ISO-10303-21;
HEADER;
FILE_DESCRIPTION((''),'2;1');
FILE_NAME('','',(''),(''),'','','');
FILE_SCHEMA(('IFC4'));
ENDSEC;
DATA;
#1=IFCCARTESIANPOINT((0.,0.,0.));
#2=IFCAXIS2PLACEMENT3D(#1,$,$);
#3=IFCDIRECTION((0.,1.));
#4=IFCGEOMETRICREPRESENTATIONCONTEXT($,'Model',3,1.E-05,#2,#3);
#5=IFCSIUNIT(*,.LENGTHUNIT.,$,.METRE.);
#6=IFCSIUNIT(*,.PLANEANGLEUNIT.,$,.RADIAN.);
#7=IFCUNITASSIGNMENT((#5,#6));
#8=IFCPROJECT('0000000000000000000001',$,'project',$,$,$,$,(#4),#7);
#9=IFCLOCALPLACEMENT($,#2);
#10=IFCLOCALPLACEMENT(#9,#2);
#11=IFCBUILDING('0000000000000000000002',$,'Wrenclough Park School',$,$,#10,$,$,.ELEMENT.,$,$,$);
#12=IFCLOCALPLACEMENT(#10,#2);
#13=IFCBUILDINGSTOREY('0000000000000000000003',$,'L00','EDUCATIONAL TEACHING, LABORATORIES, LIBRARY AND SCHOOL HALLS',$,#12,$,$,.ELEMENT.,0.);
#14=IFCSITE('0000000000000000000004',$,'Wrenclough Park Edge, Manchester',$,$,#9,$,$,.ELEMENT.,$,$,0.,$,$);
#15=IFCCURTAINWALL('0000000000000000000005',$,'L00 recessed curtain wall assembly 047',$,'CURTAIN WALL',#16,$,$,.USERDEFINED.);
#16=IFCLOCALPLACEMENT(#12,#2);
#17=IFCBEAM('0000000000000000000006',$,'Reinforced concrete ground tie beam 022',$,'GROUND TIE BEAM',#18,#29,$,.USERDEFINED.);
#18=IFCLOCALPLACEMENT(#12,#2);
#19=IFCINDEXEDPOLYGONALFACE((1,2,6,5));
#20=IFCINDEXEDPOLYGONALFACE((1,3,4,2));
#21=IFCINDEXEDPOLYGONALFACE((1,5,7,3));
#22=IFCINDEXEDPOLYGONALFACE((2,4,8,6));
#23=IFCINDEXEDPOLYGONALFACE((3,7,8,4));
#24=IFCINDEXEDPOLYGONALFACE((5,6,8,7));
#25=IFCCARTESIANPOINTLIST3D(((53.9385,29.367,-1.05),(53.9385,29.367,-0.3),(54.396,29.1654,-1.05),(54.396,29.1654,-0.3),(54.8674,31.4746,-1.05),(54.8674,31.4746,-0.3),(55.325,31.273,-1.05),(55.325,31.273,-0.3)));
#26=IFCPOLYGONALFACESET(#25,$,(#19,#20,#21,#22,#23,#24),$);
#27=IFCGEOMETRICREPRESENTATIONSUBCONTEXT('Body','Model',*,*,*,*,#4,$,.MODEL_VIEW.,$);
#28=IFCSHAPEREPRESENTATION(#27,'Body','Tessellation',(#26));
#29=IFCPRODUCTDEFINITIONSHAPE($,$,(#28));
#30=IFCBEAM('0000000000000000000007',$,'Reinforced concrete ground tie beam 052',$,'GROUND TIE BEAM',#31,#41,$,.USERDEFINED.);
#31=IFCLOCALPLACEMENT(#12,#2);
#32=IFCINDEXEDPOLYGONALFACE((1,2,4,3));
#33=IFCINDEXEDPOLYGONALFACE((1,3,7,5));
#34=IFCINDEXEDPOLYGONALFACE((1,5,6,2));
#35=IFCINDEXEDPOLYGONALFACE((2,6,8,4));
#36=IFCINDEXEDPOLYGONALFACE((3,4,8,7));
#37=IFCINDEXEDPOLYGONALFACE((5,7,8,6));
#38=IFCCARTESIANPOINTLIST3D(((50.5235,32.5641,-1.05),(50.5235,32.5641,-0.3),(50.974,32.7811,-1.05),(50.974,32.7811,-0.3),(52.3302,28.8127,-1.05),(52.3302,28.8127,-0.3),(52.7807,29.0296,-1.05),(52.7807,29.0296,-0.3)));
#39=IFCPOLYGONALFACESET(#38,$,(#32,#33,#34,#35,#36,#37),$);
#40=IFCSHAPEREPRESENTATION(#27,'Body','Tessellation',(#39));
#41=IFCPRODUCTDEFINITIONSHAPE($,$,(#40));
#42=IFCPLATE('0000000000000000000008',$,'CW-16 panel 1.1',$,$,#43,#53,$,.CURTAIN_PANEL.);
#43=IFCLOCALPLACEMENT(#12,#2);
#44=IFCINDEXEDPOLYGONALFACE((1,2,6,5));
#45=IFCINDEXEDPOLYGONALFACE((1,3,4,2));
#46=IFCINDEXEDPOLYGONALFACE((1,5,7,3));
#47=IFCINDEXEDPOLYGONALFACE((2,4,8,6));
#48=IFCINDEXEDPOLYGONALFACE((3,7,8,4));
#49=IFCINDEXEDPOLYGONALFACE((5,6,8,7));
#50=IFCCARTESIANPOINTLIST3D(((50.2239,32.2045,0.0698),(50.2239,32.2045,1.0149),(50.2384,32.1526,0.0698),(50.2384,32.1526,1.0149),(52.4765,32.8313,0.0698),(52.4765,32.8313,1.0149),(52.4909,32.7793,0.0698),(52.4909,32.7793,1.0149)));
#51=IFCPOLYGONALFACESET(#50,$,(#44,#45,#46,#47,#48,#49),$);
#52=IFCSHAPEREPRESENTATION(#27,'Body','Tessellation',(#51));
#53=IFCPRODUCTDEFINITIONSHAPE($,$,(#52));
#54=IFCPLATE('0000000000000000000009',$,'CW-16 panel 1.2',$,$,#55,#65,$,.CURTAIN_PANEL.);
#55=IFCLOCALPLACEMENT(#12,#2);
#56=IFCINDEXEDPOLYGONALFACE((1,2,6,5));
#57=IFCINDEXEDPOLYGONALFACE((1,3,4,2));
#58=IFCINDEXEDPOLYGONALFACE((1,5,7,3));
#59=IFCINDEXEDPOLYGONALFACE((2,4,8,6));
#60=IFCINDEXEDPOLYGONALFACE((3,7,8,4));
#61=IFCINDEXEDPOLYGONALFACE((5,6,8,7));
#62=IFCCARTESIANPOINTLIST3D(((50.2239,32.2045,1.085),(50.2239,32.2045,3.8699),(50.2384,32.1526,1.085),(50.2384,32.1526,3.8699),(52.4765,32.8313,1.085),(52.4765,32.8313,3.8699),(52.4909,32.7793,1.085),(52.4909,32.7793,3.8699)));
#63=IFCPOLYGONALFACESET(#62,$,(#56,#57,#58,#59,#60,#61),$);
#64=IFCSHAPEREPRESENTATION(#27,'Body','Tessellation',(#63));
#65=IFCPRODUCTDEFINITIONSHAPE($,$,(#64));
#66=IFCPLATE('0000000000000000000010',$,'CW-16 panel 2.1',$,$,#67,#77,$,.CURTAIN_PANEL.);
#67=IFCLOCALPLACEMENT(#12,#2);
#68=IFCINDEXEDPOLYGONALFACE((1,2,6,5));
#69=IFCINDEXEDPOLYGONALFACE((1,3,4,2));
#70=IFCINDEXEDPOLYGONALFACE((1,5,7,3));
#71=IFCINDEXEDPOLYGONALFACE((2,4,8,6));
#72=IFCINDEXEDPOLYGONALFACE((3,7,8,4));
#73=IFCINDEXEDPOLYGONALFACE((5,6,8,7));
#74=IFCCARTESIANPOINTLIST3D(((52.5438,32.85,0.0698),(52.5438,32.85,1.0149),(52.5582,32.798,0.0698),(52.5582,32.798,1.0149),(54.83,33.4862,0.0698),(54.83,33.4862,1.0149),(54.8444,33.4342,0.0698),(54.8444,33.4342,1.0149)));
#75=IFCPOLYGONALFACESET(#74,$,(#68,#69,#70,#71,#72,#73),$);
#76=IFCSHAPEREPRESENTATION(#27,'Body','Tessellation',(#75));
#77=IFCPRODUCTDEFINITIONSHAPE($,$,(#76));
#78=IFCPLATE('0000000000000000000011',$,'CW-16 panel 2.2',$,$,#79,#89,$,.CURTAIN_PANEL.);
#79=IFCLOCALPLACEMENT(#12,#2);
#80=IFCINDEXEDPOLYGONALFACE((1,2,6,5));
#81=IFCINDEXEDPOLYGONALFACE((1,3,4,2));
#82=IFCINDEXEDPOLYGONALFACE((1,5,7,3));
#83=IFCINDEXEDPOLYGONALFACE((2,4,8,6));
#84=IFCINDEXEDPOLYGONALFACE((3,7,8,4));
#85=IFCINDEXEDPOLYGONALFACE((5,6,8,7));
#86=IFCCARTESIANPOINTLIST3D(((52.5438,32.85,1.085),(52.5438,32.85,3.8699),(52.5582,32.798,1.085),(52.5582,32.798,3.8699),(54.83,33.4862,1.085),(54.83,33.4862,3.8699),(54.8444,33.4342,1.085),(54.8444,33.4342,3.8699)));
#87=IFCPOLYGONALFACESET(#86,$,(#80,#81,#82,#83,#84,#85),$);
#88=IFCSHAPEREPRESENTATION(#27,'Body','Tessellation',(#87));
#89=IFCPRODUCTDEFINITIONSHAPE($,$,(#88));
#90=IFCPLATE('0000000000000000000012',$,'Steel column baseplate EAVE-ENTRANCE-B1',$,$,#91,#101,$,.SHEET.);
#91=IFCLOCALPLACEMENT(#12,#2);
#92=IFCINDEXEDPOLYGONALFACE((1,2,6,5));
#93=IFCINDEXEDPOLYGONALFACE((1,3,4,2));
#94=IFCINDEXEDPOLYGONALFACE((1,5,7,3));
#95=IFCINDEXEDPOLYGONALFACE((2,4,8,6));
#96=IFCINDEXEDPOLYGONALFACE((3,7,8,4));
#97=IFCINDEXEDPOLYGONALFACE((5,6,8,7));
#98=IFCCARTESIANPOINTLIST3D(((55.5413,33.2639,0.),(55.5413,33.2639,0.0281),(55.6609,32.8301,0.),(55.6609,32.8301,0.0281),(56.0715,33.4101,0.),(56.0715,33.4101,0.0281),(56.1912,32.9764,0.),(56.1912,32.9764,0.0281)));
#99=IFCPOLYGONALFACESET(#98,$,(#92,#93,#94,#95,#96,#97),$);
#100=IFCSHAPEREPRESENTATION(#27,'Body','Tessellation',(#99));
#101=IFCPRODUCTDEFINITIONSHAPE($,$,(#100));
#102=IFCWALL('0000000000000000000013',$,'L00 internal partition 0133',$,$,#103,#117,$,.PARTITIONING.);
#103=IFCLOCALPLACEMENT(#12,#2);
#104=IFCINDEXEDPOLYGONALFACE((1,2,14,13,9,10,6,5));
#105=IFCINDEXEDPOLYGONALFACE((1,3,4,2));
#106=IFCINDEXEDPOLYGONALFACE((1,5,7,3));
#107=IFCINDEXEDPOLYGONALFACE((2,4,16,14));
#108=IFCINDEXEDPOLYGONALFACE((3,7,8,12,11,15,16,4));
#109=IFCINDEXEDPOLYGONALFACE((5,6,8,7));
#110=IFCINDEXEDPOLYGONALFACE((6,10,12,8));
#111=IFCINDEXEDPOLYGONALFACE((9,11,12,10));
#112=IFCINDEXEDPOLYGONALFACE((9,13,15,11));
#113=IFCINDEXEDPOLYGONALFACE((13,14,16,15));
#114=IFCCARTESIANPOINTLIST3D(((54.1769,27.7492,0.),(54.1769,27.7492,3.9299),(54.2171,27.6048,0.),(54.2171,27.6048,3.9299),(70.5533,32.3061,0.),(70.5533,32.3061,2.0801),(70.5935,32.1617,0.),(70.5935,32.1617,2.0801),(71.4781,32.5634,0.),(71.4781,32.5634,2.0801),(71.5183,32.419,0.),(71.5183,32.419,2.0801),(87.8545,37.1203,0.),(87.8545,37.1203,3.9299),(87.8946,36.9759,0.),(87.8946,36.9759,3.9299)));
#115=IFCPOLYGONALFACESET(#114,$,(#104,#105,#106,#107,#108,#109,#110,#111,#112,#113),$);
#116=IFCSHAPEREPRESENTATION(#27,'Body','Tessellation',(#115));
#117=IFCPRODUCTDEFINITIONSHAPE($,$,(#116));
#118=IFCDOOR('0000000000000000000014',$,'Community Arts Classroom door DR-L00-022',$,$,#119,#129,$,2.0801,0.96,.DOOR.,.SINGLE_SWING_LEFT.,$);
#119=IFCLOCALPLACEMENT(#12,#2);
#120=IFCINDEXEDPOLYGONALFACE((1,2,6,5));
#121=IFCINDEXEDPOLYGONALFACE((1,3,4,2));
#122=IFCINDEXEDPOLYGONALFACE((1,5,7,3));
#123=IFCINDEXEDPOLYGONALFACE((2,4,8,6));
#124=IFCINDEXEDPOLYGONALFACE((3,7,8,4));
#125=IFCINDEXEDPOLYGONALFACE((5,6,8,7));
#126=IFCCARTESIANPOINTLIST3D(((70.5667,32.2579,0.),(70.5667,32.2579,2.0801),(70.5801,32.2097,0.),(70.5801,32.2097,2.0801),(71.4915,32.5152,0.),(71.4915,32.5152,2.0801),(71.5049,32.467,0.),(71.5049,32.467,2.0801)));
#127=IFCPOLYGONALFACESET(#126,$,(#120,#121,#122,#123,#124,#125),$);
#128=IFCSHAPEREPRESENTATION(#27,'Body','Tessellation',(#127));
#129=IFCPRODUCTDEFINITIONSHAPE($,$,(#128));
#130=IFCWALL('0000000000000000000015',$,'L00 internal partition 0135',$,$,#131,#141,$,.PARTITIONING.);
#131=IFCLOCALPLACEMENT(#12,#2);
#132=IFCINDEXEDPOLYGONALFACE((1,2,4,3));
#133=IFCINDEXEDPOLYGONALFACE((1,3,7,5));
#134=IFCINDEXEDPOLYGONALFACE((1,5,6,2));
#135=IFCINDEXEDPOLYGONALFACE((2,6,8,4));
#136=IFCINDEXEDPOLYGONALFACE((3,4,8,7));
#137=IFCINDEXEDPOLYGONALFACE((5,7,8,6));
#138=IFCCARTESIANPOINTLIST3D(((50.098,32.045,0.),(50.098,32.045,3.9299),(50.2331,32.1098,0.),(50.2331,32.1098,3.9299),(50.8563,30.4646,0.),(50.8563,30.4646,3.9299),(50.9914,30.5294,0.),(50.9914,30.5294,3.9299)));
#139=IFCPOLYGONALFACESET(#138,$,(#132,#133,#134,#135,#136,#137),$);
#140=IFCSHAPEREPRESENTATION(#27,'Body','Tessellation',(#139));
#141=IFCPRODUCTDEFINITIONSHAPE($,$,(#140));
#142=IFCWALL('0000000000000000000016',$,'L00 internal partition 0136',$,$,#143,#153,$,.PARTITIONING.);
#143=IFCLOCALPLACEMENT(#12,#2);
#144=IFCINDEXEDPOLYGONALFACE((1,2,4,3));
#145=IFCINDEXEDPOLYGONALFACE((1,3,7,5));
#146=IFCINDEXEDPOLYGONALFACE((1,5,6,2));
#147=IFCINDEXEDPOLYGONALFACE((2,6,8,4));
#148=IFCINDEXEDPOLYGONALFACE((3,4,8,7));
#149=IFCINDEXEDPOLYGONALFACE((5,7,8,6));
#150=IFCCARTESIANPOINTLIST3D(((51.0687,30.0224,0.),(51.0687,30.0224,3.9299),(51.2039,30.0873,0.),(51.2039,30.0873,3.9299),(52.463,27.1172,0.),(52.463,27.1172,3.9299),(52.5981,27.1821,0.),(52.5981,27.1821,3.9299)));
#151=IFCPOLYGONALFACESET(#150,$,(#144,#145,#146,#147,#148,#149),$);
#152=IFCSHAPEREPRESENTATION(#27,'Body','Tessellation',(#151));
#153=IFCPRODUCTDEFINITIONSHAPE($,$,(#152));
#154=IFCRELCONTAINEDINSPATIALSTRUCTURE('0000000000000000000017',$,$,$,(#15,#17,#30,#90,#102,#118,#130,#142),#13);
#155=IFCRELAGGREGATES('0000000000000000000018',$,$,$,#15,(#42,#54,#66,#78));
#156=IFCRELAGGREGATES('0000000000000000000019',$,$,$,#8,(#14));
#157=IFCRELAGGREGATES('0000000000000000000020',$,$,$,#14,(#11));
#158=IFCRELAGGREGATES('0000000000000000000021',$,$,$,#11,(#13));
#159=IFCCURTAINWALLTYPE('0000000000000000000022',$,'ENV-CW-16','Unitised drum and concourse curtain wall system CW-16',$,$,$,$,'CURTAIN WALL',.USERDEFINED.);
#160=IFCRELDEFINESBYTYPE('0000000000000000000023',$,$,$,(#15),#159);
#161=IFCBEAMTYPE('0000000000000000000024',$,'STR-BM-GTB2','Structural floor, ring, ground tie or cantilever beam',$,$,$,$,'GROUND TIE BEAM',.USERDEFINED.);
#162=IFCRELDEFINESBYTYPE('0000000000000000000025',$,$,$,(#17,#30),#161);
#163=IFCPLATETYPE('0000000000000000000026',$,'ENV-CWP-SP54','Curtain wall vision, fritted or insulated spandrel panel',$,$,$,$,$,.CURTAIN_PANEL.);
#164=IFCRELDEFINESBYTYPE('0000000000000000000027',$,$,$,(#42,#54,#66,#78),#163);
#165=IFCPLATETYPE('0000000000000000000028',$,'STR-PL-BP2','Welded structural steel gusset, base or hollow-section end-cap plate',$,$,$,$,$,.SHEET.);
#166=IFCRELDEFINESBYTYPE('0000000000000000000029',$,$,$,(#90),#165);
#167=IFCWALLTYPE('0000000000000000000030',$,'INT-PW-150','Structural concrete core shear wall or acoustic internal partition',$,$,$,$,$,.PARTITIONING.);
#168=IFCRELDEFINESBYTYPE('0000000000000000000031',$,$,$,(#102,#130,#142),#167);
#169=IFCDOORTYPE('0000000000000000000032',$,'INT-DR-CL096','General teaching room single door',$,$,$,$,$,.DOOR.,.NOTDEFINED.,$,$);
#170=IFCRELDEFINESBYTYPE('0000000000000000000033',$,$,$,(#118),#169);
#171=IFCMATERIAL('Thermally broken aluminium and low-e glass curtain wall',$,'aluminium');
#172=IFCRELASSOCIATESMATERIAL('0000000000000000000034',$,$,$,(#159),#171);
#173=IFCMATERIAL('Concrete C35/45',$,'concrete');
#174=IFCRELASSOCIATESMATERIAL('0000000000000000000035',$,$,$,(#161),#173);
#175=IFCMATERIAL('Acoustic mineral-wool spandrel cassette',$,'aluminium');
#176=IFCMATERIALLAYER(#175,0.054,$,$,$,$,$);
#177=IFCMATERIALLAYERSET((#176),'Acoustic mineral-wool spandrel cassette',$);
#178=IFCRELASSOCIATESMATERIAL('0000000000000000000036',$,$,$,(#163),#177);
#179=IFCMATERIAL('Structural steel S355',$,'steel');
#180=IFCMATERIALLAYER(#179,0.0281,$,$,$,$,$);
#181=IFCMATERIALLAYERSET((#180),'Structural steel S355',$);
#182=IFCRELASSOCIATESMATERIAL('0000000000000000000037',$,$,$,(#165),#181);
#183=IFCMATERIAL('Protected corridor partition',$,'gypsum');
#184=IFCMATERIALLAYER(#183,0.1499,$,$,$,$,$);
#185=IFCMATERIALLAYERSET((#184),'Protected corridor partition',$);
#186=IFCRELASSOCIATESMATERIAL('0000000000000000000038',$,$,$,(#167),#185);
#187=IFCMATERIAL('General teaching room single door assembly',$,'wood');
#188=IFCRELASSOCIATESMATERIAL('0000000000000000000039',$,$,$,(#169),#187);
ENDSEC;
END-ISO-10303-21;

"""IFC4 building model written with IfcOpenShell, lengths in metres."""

from ifc_helpers import new_model, si_unit, direction, frame, frame_2d, origin, origin_2d, place, context, subcontext, project, spatial, rectangle, extrude, material, layer, layer_set, material_profile, profile_set, type_object, element, fill, aggregate, save


model = new_model("IFC4")

# Units and contexts
model_context = context("Model", 3, precision=1e-05, world=origin(), true_north=direction((0.0, 1.0)))
body_context = subcontext(model_context, "Body", "Model", "MODEL_VIEW")
ifc_project = project(units=[si_unit("LENGTHUNIT", "METRE"), si_unit("PLANEANGLEUNIT", "RADIAN")], contexts=[model_context])

# Site, building, storey
site_placement = place(None, origin())
site = spatial("IfcSite", under=ifc_project, at=site_placement, Name="Wrenclough Park Edge, Manchester", CompositionType="ELEMENT", RefElevation=0.0)
building_placement = place(site_placement, origin())
building = spatial("IfcBuilding", under=site, at=building_placement, Name="Wrenclough Park School", CompositionType="ELEMENT")
storey_placement = place(building_placement, origin())
storey = spatial("IfcBuildingStorey", under=building, at=storey_placement, Name="L00", Description="EDUCATIONAL TEACHING, LABORATORIES, LIBRARY AND SCHOOL HALLS", CompositionType="ELEMENT", Elevation=0.0)

# Shared definitions
ifc_material_1 = material(Name="Concrete C35/45", Category="concrete")

# Shared definitions
ifc_material_2 = material(Name="Structural steel S355", Category="steel")

# Curtain wall
ifc_material_3 = material(Name="Thermally broken aluminium and low-e glass curtain wall", Category="aluminium")
curtain_wall_type = type_object("IfcCurtainWallType", Name="ENV-CW-16", Description="Unitised drum and concourse curtain wall system CW-16", ElementType="CURTAIN WALL", PredefinedType="USERDEFINED", material=ifc_material_3)
curtain_wall_placement = place(storey_placement, origin())
curtain_wall = element("IfcCurtainWall", 1, at=curtain_wall_placement, inside=storey, type_object=curtain_wall_type, Name="L00 recessed curtain wall assembly 047", ObjectType="CURTAIN WALL", PredefinedType="USERDEFINED")

# Beams
ifc_material_profile_1 = material_profile(ifc_material_1, rectangle(XDim=0.5, YDim=0.75, at=origin_2d()), Name="RC GROUND 500x750")
ifc_profile_set_1 = profile_set([ifc_material_profile_1], Name="Concrete C35/45")
beam_type_1 = type_object("IfcBeamType", Name="STR-BM-GTB2", Description="Structural floor, ring, ground tie or cantilever beam", ElementType="GROUND TIE BEAM", PredefinedType="USERDEFINED", material=ifc_profile_set_1)
beam_1_placement = place(storey_placement, frame((55.0962, 31.3738, -0.675), z_axis=(-0.403314, -0.915062, 0.0), x_axis=(0.915062, -0.403314, 0.0)))
element("IfcBeam", 2, at=beam_1_placement, inside=storey, type_object=beam_type_1, Name="Reinforced concrete ground tie beam 022", ObjectType="GROUND TIE BEAM", PredefinedType="USERDEFINED", context=body_context, shape_type="SweptSolid", body=[
    extrude(rectangle(XDim=0.5, YDim=0.75, at=origin_2d()), origin(), (0.0, 0.0, 1.0), 2.3032),
])
beam_2_placement = place(storey_placement, frame((50.7488, 32.6726, -0.675), z_axis=(0.43389, -0.900966, 0.0), x_axis=(0.900966, 0.43389, 0.0)))
element("IfcBeam", 3, at=beam_2_placement, inside=storey, type_object=beam_type_1, Name="Reinforced concrete ground tie beam 052", ObjectType="GROUND TIE BEAM", PredefinedType="USERDEFINED", context=body_context, shape_type="SweptSolid", body=[
    extrude(rectangle(XDim=0.5, YDim=0.75, at=origin_2d()), origin(), (0.0, 0.0, 1.0), 4.1638),
])

# Plates
ifc_material_4 = material(Name="Acoustic mineral-wool spandrel cassette", Category="aluminium")
ifc_layer_1 = layer(ifc_material_4, 0.054)
ifc_layer_set_1 = layer_set([ifc_layer_1], Name="Acoustic mineral-wool spandrel cassette")
plate_type_1 = type_object("IfcPlateType", Name="ENV-CWP-SP54", Description="Curtain wall vision, fritted or insulated spandrel panel", PredefinedType="CURTAIN_PANEL", material=ifc_layer_set_1)
plate_1_placement = place(storey_placement, frame((51.3574, 32.4919, 0.0698), z_axis=(0.0, 0.0, 1.0), x_axis=(0.963399, 0.268072, 0.0)))
plate_1 = element("IfcPlate", 4, at=plate_1_placement, type_object=plate_type_1, Name="CW-16 panel 1.1", PredefinedType="CURTAIN_PANEL", context=body_context, shape_type="SweptSolid", body=[
    extrude(rectangle(XDim=2.3381, YDim=0.054, at=origin_2d()), origin(), (0.0, 0.0, 1.0), 0.9451),
])
plate_2_placement = place(storey_placement, frame((51.3574, 32.4919, 1.085), z_axis=(0.0, 0.0, 1.0), x_axis=(0.963399, 0.268072, 0.0)))
plate_2 = element("IfcPlate", 5, at=plate_2_placement, type_object=plate_type_1, Name="CW-16 panel 1.2", PredefinedType="CURTAIN_PANEL", context=body_context, shape_type="SweptSolid", body=[
    extrude(rectangle(XDim=2.3381, YDim=0.054, at=origin_2d()), origin(), (0.0, 0.0, 1.0), 2.7849),
])
plate_3_placement = place(storey_placement, frame((53.6941, 33.1421, 0.0698), z_axis=(0.0, 0.0, 1.0), x_axis=(0.963399, 0.268072, 0.0)))
plate_3 = element("IfcPlate", 6, at=plate_3_placement, type_object=plate_type_1, Name="CW-16 panel 2.1", PredefinedType="CURTAIN_PANEL", context=body_context, shape_type="SweptSolid", body=[
    extrude(rectangle(XDim=2.373, YDim=0.054, at=origin_2d()), origin(), (0.0, 0.0, 1.0), 0.9451),
])
plate_4_placement = place(storey_placement, frame((53.6941, 33.1421, 1.085), z_axis=(0.0, 0.0, 1.0), x_axis=(0.963399, 0.268072, 0.0)))
plate_4 = element("IfcPlate", 7, at=plate_4_placement, type_object=plate_type_1, Name="CW-16 panel 2.2", PredefinedType="CURTAIN_PANEL", context=body_context, shape_type="SweptSolid", body=[
    extrude(rectangle(XDim=2.373, YDim=0.054, at=origin_2d()), origin(), (0.0, 0.0, 1.0), 2.7849),
])
aggregate(curtain_wall, [plate_1, plate_2, plate_3, plate_4])
ifc_layer_2 = layer(ifc_material_2, 0.0281)
ifc_layer_set_2 = layer_set([ifc_layer_2], Name="Structural steel S355")
plate_type_2 = type_object("IfcPlateType", Name="STR-PL-BP2", Description="Welded structural steel gusset, base or hollow-section end-cap plate", PredefinedType="SHEET", material=ifc_layer_set_2)
plate_5_placement = place(storey_placement, frame((55.8662, 33.1201, 0.0), z_axis=(0.0, 0.0, 1.0), x_axis=(0.964003, 0.265893, 0.0)))
element("IfcPlate", 8, at=plate_5_placement, inside=storey, type_object=plate_type_2, Name="Steel column baseplate EAVE-ENTRANCE-B1", PredefinedType="SHEET", context=body_context, shape_type="SweptSolid", body=[
    extrude(rectangle(XDim=0.55, YDim=0.45, at=origin_2d()), origin(), (0.0, 0.0, 1.0), 0.0281),
])

# Wall, opening, door
ifc_material_5 = material(Name="Protected corridor partition", Category="gypsum")
ifc_layer_3 = layer(ifc_material_5, 0.1499)
ifc_layer_set_3 = layer_set([ifc_layer_3], Name="Protected corridor partition")
wall_type = type_object("IfcWallType", Name="INT-PW-150", Description="Structural concrete core shear wall or acoustic internal partition", PredefinedType="PARTITIONING", material=ifc_layer_set_3)
wall_1_placement = place(storey_placement, frame((54.197, 27.677, 0.0), z_axis=(0.0, 0.0, 1.0), x_axis=(0.963398, 0.268075, 0.0)))
wall_1 = element("IfcWall", 9, at=wall_1_placement, inside=storey, type_object=wall_type, Name="L00 internal partition 0133", PredefinedType="PARTITIONING", context=body_context, shape_type="SweptSolid", body=[
    extrude(rectangle(XDim=34.957, YDim=0.1499, at=frame_2d((17.4785, 0.0))), origin(), (0.0, 0.0, 1.0), 3.9299),
])
opening_placement = place(wall_1_placement, frame((16.9985, 0.0, 0.0)))
opening = element("IfcOpeningElement", 10, at=opening_placement, cuts=wall_1, PredefinedType="OPENING", context=body_context, shape_type="SweptSolid", body=[
    extrude(rectangle(XDim=0.96, YDim=2.0801, at=frame_2d((0.48, 1.04))), frame((0.0, 0.085, 0.0), z_axis=(0.0, -1.0, 0.0), x_axis=(1.0, 0.0, 0.0)), (0.0, 0.0, 1.0), 0.1699),
])
ifc_material_6 = material(Name="General teaching room single door assembly", Category="wood")
door_type = type_object("IfcDoorType", Name="INT-DR-CL096", Description="General teaching room single door", OperationType="NOTDEFINED", PredefinedType="DOOR", material=ifc_material_6)
door_placement = place(opening_placement, origin())
door = element("IfcDoor", 11, at=door_placement, inside=storey, type_object=door_type, Name="Community Arts Classroom door DR-L00-022", OperationType="SINGLE_SWING_LEFT", OverallHeight=2.0801, OverallWidth=0.96, PredefinedType="DOOR", context=body_context, shape_type="SweptSolid", body=[
    extrude(rectangle(XDim=0.96, YDim=2.0801, at=frame_2d((0.48, 1.04))), frame((0.0, 0.0249, 0.0), z_axis=(0.0, -1.0, 0.0), x_axis=(1.0, 0.0, 0.0)), (0.0, 0.0, 1.0), 0.05),
])
fill(opening, door)

# Walls
wall_2_placement = place(storey_placement, frame((50.1655, 32.0774, 0.0), z_axis=(0.0, 0.0, 1.0), x_axis=(0.432613, -0.90158, 0.0)))
element("IfcWall", 12, at=wall_2_placement, inside=storey, type_object=wall_type, Name="L00 internal partition 0135", PredefinedType="PARTITIONING", context=body_context, shape_type="SweptSolid", body=[
    extrude(rectangle(XDim=1.7529, YDim=0.1499, at=frame_2d((0.8765, 0.0))), origin(), (0.0, 0.0, 1.0), 3.9299),
])
wall_3_placement = place(storey_placement, frame((51.1362, 30.0549, 0.0), z_axis=(0.0, 0.0, 1.0), x_axis=(0.432669, -0.901553, 0.0)))
element("IfcWall", 13, at=wall_3_placement, inside=storey, type_object=wall_type, Name="L00 internal partition 0136", PredefinedType="PARTITIONING", context=body_context, shape_type="SweptSolid", body=[
    extrude(rectangle(XDim=3.2224, YDim=0.1499, at=frame_2d((1.6113, 0.0))), origin(), (0.0, 0.0, 1.0), 3.9299),
])

save(model, "model.ifc")
